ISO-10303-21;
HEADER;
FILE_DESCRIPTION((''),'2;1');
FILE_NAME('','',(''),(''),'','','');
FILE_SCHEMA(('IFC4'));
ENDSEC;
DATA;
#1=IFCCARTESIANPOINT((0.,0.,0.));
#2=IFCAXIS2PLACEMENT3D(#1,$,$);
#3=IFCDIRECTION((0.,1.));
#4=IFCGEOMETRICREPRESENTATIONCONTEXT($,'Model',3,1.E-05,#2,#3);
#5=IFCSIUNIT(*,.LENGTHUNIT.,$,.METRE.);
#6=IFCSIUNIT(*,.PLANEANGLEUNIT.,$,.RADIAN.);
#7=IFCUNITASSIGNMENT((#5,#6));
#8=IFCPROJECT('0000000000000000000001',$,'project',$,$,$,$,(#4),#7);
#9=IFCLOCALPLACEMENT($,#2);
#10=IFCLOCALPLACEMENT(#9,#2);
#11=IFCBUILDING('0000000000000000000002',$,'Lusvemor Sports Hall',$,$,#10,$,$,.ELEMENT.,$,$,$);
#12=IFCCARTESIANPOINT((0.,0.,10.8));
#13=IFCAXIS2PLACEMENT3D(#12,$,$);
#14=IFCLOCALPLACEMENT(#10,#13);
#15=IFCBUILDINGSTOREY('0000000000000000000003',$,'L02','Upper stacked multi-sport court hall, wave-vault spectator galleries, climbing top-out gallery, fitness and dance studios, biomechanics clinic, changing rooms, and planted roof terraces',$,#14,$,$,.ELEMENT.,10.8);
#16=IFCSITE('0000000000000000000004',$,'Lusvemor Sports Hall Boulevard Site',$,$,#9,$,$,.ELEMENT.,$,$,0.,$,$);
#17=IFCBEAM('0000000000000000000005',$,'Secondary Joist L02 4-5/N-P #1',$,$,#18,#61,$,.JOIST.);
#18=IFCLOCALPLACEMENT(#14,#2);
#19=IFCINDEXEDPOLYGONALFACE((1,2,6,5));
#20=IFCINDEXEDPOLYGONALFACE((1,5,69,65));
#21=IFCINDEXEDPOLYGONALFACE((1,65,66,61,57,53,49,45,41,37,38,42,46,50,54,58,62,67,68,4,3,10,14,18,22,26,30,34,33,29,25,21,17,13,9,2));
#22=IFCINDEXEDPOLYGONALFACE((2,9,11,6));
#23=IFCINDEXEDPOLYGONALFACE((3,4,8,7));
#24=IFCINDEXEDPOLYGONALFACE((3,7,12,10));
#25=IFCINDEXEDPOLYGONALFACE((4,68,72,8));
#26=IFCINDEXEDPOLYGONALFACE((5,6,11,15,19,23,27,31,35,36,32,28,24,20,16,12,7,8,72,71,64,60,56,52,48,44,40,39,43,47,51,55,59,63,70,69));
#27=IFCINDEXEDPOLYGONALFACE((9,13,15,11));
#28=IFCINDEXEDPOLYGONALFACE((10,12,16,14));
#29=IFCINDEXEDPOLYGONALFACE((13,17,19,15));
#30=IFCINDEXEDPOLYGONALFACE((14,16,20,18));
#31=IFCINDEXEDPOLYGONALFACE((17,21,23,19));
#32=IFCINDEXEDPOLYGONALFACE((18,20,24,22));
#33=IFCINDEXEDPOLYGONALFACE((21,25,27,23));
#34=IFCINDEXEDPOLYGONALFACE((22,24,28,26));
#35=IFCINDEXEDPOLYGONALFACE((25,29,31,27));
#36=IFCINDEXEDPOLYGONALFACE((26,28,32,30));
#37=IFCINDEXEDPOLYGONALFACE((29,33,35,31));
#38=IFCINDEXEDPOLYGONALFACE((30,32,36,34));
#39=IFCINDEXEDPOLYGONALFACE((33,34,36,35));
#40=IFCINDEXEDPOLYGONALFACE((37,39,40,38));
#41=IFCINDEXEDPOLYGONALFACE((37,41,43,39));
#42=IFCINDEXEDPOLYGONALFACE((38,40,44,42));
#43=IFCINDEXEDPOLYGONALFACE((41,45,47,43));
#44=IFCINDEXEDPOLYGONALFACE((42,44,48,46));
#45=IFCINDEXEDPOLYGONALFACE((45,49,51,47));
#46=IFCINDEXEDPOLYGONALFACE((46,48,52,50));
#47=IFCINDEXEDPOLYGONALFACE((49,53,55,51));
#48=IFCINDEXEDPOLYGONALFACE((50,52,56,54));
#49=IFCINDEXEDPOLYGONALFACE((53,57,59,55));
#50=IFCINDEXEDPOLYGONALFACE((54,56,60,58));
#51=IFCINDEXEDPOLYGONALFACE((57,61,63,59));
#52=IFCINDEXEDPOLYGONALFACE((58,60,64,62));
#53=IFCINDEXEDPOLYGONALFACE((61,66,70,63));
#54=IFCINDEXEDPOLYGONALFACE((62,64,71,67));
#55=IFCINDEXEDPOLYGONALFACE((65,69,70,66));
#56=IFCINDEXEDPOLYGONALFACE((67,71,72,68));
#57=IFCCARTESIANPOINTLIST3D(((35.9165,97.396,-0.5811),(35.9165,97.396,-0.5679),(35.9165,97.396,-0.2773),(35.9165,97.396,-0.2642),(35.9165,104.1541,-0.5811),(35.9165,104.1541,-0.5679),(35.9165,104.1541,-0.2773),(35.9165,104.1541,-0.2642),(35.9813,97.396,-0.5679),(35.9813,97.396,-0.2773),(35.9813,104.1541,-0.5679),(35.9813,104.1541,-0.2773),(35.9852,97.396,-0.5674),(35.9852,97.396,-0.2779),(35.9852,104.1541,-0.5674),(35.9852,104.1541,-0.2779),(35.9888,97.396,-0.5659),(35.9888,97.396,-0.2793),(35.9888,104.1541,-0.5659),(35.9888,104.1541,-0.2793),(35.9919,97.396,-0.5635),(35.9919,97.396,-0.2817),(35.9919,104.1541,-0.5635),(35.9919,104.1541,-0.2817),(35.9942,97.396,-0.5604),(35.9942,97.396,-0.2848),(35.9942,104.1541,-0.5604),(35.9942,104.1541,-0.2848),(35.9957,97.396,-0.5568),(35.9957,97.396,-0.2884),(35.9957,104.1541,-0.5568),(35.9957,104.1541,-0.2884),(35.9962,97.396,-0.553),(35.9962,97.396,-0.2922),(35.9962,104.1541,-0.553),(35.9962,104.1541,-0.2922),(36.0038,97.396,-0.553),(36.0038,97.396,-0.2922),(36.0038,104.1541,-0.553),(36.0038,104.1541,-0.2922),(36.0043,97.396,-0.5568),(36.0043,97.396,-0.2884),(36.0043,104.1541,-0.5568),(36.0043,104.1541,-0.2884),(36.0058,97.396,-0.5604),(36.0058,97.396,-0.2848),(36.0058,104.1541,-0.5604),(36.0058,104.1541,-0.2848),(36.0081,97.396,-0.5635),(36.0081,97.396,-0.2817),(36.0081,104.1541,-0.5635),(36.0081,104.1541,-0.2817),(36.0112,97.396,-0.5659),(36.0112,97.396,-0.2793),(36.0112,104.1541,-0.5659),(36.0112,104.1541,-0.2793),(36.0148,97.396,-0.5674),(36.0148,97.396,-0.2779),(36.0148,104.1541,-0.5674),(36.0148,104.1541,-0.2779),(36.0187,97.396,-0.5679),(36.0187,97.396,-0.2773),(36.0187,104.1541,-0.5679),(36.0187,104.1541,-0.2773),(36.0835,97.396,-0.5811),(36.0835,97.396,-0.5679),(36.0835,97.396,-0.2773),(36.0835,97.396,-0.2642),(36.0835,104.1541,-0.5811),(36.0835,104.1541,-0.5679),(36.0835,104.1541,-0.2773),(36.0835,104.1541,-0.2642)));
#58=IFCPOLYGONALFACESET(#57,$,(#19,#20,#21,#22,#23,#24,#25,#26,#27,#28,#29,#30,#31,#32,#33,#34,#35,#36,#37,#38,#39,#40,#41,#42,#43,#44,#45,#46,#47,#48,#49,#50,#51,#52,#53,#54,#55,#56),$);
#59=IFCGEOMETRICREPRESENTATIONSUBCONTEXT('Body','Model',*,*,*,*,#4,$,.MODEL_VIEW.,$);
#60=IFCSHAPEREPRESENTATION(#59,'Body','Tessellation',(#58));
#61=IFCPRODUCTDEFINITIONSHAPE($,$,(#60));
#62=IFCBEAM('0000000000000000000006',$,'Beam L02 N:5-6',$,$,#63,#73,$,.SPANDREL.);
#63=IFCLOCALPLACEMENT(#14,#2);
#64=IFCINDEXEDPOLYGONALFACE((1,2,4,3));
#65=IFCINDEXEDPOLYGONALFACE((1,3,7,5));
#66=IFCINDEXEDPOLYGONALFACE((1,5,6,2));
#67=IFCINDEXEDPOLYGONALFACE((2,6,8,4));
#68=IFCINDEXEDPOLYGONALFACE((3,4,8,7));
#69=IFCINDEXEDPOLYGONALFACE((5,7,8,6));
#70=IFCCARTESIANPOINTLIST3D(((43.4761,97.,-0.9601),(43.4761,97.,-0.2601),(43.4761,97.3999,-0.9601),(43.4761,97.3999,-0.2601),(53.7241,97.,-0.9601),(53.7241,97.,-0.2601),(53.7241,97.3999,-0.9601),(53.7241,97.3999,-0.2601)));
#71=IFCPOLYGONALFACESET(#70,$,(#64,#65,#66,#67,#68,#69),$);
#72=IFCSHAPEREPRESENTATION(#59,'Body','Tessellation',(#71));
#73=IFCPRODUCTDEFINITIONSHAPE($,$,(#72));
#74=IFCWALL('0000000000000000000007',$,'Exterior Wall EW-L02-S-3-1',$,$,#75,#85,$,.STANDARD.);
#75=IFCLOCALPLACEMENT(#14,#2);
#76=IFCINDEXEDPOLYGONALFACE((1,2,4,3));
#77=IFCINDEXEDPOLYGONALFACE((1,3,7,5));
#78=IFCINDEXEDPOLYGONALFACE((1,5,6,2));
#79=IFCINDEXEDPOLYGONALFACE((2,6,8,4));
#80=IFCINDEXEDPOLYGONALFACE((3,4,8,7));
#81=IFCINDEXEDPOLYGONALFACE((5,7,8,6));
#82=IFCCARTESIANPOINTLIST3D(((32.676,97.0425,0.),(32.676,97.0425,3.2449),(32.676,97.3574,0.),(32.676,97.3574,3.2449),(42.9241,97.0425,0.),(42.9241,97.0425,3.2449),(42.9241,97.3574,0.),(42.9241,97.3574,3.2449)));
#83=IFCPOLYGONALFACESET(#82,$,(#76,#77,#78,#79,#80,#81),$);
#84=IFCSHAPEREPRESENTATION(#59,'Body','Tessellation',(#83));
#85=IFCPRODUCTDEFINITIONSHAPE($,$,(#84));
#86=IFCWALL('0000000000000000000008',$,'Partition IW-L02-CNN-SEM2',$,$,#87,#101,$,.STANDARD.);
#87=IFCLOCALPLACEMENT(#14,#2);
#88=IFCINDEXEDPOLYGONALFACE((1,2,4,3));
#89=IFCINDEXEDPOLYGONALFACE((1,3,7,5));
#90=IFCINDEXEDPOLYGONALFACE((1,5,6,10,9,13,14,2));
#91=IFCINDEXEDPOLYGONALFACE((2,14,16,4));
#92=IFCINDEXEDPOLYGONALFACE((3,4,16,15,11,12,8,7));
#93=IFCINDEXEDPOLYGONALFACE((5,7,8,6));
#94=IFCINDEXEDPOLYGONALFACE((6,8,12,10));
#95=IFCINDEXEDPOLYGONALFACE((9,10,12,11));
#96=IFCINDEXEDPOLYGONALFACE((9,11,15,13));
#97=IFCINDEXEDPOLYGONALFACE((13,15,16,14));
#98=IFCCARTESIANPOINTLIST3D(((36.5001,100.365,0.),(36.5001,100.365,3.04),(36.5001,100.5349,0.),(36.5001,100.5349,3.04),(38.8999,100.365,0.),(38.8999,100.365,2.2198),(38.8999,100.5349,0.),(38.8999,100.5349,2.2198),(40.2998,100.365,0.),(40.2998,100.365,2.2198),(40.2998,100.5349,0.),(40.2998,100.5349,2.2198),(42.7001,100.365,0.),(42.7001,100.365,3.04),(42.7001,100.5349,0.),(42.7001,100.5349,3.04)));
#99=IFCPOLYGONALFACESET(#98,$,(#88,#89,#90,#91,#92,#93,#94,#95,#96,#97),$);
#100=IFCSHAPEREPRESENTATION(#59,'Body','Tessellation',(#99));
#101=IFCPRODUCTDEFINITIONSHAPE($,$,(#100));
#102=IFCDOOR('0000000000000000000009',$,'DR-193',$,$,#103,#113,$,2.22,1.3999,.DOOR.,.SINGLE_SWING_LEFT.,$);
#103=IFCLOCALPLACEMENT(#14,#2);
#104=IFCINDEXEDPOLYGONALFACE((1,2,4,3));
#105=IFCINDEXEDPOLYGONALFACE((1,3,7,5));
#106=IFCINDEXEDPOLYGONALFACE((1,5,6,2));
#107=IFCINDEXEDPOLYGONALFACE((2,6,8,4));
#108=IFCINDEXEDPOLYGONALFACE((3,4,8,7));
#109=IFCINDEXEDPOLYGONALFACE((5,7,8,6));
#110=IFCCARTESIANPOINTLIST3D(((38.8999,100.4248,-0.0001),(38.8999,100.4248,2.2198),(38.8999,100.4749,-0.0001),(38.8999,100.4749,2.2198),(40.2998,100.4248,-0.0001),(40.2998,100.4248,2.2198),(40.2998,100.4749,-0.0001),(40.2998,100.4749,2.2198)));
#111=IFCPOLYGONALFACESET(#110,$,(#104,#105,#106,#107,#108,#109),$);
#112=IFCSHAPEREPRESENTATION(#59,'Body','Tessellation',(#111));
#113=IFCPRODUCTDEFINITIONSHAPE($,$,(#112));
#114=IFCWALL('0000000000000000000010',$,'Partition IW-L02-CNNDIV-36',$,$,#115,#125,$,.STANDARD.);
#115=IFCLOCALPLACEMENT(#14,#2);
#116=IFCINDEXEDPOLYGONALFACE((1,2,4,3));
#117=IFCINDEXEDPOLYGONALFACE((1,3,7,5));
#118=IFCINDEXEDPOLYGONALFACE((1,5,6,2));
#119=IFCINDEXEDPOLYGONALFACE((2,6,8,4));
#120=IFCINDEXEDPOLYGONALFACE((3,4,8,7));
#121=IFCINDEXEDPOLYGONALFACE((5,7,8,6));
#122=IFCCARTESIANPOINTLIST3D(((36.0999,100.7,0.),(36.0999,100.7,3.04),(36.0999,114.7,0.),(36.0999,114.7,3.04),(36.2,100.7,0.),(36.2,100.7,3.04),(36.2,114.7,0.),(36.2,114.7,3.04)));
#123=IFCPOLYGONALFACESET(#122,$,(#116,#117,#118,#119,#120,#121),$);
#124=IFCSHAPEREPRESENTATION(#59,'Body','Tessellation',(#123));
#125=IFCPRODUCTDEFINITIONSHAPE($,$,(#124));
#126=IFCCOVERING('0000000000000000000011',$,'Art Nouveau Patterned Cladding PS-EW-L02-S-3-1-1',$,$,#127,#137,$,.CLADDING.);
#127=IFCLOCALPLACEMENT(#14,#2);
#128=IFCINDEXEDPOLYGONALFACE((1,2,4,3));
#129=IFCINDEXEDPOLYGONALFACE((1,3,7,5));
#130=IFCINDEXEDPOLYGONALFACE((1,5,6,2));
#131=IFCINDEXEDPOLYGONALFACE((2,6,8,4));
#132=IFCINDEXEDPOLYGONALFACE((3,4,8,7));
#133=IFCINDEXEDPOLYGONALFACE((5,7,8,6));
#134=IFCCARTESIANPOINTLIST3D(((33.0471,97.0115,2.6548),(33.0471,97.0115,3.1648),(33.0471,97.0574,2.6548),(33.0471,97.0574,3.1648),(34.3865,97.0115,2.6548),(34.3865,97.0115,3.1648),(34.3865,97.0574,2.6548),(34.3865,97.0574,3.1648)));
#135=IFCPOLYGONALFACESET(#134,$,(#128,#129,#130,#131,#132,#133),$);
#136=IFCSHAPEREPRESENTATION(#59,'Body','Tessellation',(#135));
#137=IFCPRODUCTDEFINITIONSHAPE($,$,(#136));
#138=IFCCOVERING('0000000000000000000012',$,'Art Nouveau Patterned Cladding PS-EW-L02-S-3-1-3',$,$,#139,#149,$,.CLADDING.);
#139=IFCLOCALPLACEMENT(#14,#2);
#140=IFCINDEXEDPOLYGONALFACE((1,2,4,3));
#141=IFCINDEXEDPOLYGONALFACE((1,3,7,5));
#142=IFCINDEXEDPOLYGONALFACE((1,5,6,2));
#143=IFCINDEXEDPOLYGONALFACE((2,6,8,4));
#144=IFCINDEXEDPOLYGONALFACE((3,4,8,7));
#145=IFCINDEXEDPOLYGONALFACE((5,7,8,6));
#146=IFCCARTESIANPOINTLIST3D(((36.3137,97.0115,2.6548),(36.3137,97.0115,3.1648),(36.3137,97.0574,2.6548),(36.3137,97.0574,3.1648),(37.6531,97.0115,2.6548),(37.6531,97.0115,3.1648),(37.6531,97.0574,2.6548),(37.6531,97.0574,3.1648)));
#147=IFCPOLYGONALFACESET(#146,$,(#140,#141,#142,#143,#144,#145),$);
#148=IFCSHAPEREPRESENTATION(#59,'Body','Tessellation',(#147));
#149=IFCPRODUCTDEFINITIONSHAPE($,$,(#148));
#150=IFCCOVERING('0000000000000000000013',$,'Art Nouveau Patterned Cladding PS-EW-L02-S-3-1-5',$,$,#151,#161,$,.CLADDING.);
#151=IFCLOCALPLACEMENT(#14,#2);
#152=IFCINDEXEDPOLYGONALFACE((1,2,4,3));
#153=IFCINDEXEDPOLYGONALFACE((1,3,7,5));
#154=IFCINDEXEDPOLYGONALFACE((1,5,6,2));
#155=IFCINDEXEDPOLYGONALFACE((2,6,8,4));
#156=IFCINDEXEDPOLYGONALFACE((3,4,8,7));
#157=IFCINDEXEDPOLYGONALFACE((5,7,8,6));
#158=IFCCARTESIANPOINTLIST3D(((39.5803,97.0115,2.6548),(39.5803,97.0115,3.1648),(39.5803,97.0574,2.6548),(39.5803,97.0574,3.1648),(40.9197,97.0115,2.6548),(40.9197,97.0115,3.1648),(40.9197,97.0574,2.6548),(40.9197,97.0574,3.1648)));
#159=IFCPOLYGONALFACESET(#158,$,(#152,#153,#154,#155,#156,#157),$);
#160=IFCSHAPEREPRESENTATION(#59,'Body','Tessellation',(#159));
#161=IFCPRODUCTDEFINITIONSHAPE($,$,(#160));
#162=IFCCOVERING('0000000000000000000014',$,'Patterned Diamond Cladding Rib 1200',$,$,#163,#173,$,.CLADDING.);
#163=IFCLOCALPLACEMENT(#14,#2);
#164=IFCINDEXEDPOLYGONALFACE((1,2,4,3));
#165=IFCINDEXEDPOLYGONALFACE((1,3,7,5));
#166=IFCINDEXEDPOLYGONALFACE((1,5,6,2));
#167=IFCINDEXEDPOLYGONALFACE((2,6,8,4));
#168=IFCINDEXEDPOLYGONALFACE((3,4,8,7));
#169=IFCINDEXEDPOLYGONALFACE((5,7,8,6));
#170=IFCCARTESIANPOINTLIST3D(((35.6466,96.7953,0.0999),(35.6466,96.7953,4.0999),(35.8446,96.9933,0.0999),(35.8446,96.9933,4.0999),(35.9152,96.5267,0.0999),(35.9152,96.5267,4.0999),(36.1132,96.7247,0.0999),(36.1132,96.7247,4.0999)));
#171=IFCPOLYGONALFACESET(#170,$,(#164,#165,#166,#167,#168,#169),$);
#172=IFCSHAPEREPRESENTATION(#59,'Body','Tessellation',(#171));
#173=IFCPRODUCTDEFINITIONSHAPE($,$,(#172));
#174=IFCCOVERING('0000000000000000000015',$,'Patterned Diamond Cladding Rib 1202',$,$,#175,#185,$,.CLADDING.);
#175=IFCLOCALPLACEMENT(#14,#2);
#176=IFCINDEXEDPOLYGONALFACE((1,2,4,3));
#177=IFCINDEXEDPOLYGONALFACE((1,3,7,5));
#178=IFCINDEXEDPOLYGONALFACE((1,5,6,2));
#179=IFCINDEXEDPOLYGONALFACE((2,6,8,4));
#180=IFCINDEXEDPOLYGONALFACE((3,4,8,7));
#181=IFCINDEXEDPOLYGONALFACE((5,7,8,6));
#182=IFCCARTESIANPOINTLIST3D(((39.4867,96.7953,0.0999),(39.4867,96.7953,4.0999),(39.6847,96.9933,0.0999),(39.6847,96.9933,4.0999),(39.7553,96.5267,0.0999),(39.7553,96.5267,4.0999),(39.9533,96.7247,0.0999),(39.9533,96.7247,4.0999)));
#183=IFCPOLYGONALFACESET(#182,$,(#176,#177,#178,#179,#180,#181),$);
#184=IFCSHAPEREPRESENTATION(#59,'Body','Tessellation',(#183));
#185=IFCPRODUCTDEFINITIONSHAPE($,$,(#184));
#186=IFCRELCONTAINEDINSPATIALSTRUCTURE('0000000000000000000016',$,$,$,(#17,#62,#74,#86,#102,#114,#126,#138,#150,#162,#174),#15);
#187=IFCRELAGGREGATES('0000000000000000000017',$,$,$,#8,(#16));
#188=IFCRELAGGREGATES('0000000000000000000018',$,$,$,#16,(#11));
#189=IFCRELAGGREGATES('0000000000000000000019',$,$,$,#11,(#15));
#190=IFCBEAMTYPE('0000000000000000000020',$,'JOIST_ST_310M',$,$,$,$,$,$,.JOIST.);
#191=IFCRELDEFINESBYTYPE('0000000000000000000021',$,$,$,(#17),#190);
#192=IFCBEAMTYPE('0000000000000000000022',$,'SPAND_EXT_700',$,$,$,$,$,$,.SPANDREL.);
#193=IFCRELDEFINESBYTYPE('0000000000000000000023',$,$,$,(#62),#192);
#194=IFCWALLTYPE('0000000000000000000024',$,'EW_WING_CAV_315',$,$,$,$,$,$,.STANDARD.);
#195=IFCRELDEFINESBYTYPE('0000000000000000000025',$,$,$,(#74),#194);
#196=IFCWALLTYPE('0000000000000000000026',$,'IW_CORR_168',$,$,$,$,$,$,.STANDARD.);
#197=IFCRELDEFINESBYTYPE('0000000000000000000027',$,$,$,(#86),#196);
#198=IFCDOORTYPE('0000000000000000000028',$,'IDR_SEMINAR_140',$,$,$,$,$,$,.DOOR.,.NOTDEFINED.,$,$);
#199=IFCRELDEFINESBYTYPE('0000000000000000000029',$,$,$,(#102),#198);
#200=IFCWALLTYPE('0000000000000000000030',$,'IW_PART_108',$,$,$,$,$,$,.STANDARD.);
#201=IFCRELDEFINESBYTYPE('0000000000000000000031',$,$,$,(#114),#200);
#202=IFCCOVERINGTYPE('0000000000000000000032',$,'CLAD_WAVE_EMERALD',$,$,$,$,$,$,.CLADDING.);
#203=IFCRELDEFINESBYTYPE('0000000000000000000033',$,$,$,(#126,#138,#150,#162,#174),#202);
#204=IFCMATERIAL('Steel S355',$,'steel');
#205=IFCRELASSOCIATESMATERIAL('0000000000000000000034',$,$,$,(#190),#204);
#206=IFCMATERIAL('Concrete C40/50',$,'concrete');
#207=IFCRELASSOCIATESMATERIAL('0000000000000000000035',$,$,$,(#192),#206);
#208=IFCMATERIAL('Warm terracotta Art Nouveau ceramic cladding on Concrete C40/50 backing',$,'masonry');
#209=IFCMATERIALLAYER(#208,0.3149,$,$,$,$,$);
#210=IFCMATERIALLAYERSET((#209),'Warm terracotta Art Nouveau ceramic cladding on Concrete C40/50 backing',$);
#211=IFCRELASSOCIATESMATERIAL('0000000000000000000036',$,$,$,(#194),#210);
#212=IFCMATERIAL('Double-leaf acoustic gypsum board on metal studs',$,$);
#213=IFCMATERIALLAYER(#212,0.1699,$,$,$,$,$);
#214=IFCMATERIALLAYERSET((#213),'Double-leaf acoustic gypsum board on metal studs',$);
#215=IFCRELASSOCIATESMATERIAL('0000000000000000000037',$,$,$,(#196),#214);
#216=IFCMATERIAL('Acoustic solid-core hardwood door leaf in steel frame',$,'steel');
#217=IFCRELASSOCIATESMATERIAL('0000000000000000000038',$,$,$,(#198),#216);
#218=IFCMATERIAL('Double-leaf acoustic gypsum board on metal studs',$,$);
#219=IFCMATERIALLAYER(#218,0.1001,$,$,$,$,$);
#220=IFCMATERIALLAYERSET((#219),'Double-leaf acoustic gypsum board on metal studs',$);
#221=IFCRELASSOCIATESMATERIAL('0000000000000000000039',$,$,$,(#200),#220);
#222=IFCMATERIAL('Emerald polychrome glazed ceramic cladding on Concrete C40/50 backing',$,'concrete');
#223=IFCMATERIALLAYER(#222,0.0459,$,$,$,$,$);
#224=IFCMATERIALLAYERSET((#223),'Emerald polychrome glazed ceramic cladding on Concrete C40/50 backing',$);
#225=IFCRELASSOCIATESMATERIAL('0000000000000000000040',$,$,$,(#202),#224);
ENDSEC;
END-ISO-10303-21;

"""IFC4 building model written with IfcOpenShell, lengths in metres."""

from ifc_helpers import new_model, si_unit, direction, frame, frame_2d, origin, origin_2d, place, context, subcontext, project, spatial, rectangle, i_section, extrude, material, layer, layer_set, material_profile, profile_set, type_object, element, fill, save


model = new_model("IFC4")

# Units and contexts
model_context = context("Model", 3, precision=1e-05, world=origin(), true_north=direction((0.0, 1.0)))
body_context = subcontext(model_context, "Body", "Model", "MODEL_VIEW")
ifc_project = project(units=[si_unit("LENGTHUNIT", "METRE"), si_unit("PLANEANGLEUNIT", "RADIAN")], contexts=[model_context])

# Site, building, storey
site_placement = place(None, origin())
site = spatial("IfcSite", under=ifc_project, at=site_placement, Name="Lusvemor Sports Hall Boulevard Site", CompositionType="ELEMENT", RefElevation=0.0)
building_placement = place(site_placement, origin())
building = spatial("IfcBuilding", under=site, at=building_placement, Name="Lusvemor Sports Hall", CompositionType="ELEMENT")
storey_placement = place(building_placement, frame((0.0, 0.0, 10.8)))
storey = spatial("IfcBuildingStorey", under=building, at=storey_placement, Name="L02", Description="Upper stacked multi-sport court hall, wave-vault spectator galleries, climbing top-out gallery, fitness and dance studios, biomechanics clinic, changing rooms, and planted roof terraces", CompositionType="ELEMENT", Elevation=10.8)

# Beams
ifc_material_1 = material(Name="Steel S355", Category="steel")
ifc_material_profile_1 = material_profile(ifc_material_1, i_section(OverallWidth=0.167, OverallDepth=0.3169, WebThickness=0.0076, FlangeThickness=0.0132, FilletRadius=0.0149, at=origin_2d()), Name="W310x52.0")
ifc_profile_set_1 = profile_set([ifc_material_profile_1], Name="Steel S355")
beam_type_1 = type_object("IfcBeamType", Name="JOIST_ST_310M", PredefinedType="JOIST", material=ifc_profile_set_1)
beam_1_placement = place(storey_placement, frame((36.0, 97.396, -0.4226), z_axis=(0.0, 1.0, 0.0), x_axis=(-1.0, 0.0, 0.0)))
element("IfcBeam", 1, at=beam_1_placement, inside=storey, type_object=beam_type_1, Name="Secondary Joist L02 4-5/N-P #1", PredefinedType="JOIST", context=body_context, shape_type="SweptSolid", body=[
    extrude(i_section(OverallWidth=0.167, OverallDepth=0.3169, WebThickness=0.0076, FlangeThickness=0.0132, FilletRadius=0.0149, at=origin_2d()), origin(), (0.0, 0.0, 1.0), 6.7581),
])
ifc_material_2 = material(Name="Concrete C40/50", Category="concrete")
ifc_material_profile_2 = material_profile(ifc_material_2, rectangle(XDim=0.3999, YDim=0.7, at=origin_2d()), Name="RC400x700")
ifc_profile_set_2 = profile_set([ifc_material_profile_2], Name="Concrete C40/50")
beam_type_2 = type_object("IfcBeamType", Name="SPAND_EXT_700", PredefinedType="SPANDREL", material=ifc_profile_set_2)
beam_2_placement = place(storey_placement, frame((43.4761, 97.2, -0.6101), z_axis=(1.0, 0.0, 0.0), x_axis=(0.0, 1.0, 0.0)))
element("IfcBeam", 2, at=beam_2_placement, inside=storey, type_object=beam_type_2, Name="Beam L02 N:5-6", PredefinedType="SPANDREL", context=body_context, shape_type="SweptSolid", body=[
    extrude(rectangle(XDim=0.3999, YDim=0.7, at=origin_2d()), origin(), (0.0, 0.0, 1.0), 10.248),
])

# Wall
ifc_material_3 = material(Name="Warm terracotta Art Nouveau ceramic cladding on Concrete C40/50 backing", Category="masonry")
ifc_layer_1 = layer(ifc_material_3, 0.3149)
ifc_layer_set_1 = layer_set([ifc_layer_1], Name="Warm terracotta Art Nouveau ceramic cladding on Concrete C40/50 backing")
wall_type_1 = type_object("IfcWallType", Name="EW_WING_CAV_315", PredefinedType="STANDARD", material=ifc_layer_set_1)
wall_1_placement = place(storey_placement, frame((42.9241, 97.2, 0.0), z_axis=(0.0, 0.0, 1.0), x_axis=(-1.0, 0.0, 0.0)))
element("IfcWall", 3, at=wall_1_placement, inside=storey, type_object=wall_type_1, Name="Exterior Wall EW-L02-S-3-1", PredefinedType="STANDARD", context=body_context, shape_type="SweptSolid", body=[
    extrude(rectangle(XDim=10.248, YDim=0.3149, at=frame_2d((5.124, 0.0))), origin(), (0.0, 0.0, 1.0), 3.2449),
])

# Wall, opening, door
ifc_material_4 = material(Name="Double-leaf acoustic gypsum board on metal studs")
ifc_layer_2 = layer(ifc_material_4, 0.1699)
ifc_layer_set_2 = layer_set([ifc_layer_2], Name="Double-leaf acoustic gypsum board on metal studs")
wall_type_2 = type_object("IfcWallType", Name="IW_CORR_168", PredefinedType="STANDARD", material=ifc_layer_set_2)
wall_2_placement = place(storey_placement, frame((36.5, 100.45, 0.0), z_axis=(0.0, 0.0, 1.0), x_axis=(1.0, 0.0, 0.0)))
wall_2 = element("IfcWall", 4, at=wall_2_placement, inside=storey, type_object=wall_type_2, Name="Partition IW-L02-CNN-SEM2", PredefinedType="STANDARD", context=body_context, shape_type="SweptSolid", body=[
    extrude(rectangle(XDim=6.2, YDim=0.1699, at=frame_2d((3.1001, 0.0))), origin(), (0.0, 0.0, 1.0), 3.04),
])
opening_placement = place(wall_2_placement, frame((2.3999, 0.0, 0.0)))
opening = element("IfcOpeningElement", 5, at=opening_placement, cuts=wall_2, PredefinedType="OPENING", context=body_context, shape_type="SweptSolid", body=[
    extrude(rectangle(XDim=1.3999, YDim=2.22, at=frame_2d((0.7, 1.1099))), frame((0.0, 0.085, 0.0), z_axis=(0.0, -1.0, 0.0), x_axis=(1.0, 0.0, 0.0)), (0.0, 0.0, 1.0), 0.1699),
])
ifc_material_5 = material(Name="Acoustic solid-core hardwood door leaf in steel frame", Category="steel")
door_type = type_object("IfcDoorType", Name="IDR_SEMINAR_140", OperationType="NOTDEFINED", PredefinedType="DOOR", material=ifc_material_5)
door_placement = place(opening_placement, origin())
door = element("IfcDoor", 6, at=door_placement, inside=storey, type_object=door_type, Name="DR-193", OperationType="SINGLE_SWING_LEFT", OverallHeight=2.22, OverallWidth=1.3999, PredefinedType="DOOR", context=body_context, shape_type="SweptSolid", body=[
    extrude(rectangle(XDim=1.3999, YDim=2.22, at=frame_2d((0.7, 1.1099))), frame((0.0, 0.0249, 0.0), z_axis=(0.0, -1.0, 0.0), x_axis=(1.0, 0.0, 0.0)), (0.0, 0.0, 1.0), 0.05),
])
fill(opening, door)

# Wall
ifc_material_6 = material(Name="Double-leaf acoustic gypsum board on metal studs")
ifc_layer_3 = layer(ifc_material_6, 0.1001)
ifc_layer_set_3 = layer_set([ifc_layer_3], Name="Double-leaf acoustic gypsum board on metal studs")
wall_type_3 = type_object("IfcWallType", Name="IW_PART_108", PredefinedType="STANDARD", material=ifc_layer_set_3)
wall_3_placement = place(storey_placement, frame((36.1499, 100.7, 0.0), z_axis=(0.0, 0.0, 1.0), x_axis=(0.0, 1.0, 0.0)))
element("IfcWall", 7, at=wall_3_placement, inside=storey, type_object=wall_type_3, Name="Partition IW-L02-CNNDIV-36", PredefinedType="STANDARD", context=body_context, shape_type="SweptSolid", body=[
    extrude(rectangle(XDim=14.0, YDim=0.1001, at=frame_2d((7.0, 0.0))), origin(), (0.0, 0.0, 1.0), 3.04),
])

# Coverings
ifc_material_7 = material(Name="Emerald polychrome glazed ceramic cladding on Concrete C40/50 backing", Category="concrete")
ifc_layer_4 = layer(ifc_material_7, 0.0459)
ifc_layer_set_4 = layer_set([ifc_layer_4], Name="Emerald polychrome glazed ceramic cladding on Concrete C40/50 backing")
covering_type_1 = type_object("IfcCoveringType", Name="CLAD_WAVE_EMERALD", PredefinedType="CLADDING", material=ifc_layer_set_4)
for number, where, z_axis, x_axis, name in (
    (8, (33.7168, 97.0344, 2.6548), (0.0, 0.0, 1.0), (1.0, 0.0, 0.0), "Art Nouveau Patterned Cladding PS-EW-L02-S-3-1-1"),
    (9, (36.9834, 97.0344, 2.6548), (0.0, 0.0, 1.0), (1.0, 0.0, 0.0), "Art Nouveau Patterned Cladding PS-EW-L02-S-3-1-3"),
    (10, (40.25, 97.0344, 2.6548), (0.0, 0.0, 1.0), (1.0, 0.0, 0.0), "Art Nouveau Patterned Cladding PS-EW-L02-S-3-1-5"),
):
    element("IfcCovering", number, at=place(storey_placement, frame(where, z_axis=z_axis, x_axis=x_axis)), inside=storey, type_object=covering_type_1, Name=name, PredefinedType="CLADDING", context=body_context, shape_type="SweptSolid", body=[
        extrude(rectangle(XDim=1.3394, YDim=0.0459, at=origin_2d()), origin(), (0.0, 0.0, 1.0), 0.51),
    ])
for number, where, z_axis, x_axis, name in (
    (11, (35.8799, 96.76, 0.0999), (0.0, 0.0, 1.0), (0.707107, 0.707107, 0.0), "Patterned Diamond Cladding Rib 1200"),
    (12, (39.72, 96.76, 0.0999), (0.0, 0.0, 1.0), (0.707107, 0.707107, 0.0), "Patterned Diamond Cladding Rib 1202"),
):
    element("IfcCovering", number, at=place(storey_placement, frame(where, z_axis=z_axis, x_axis=x_axis)), inside=storey, type_object=covering_type_1, Name=name, PredefinedType="CLADDING", context=body_context, shape_type="SweptSolid", body=[
        extrude(rectangle(XDim=0.28, YDim=0.3799, at=origin_2d()), origin(), (0.0, 0.0, 1.0), 4.0),
    ])

save(model, "model.ifc")
